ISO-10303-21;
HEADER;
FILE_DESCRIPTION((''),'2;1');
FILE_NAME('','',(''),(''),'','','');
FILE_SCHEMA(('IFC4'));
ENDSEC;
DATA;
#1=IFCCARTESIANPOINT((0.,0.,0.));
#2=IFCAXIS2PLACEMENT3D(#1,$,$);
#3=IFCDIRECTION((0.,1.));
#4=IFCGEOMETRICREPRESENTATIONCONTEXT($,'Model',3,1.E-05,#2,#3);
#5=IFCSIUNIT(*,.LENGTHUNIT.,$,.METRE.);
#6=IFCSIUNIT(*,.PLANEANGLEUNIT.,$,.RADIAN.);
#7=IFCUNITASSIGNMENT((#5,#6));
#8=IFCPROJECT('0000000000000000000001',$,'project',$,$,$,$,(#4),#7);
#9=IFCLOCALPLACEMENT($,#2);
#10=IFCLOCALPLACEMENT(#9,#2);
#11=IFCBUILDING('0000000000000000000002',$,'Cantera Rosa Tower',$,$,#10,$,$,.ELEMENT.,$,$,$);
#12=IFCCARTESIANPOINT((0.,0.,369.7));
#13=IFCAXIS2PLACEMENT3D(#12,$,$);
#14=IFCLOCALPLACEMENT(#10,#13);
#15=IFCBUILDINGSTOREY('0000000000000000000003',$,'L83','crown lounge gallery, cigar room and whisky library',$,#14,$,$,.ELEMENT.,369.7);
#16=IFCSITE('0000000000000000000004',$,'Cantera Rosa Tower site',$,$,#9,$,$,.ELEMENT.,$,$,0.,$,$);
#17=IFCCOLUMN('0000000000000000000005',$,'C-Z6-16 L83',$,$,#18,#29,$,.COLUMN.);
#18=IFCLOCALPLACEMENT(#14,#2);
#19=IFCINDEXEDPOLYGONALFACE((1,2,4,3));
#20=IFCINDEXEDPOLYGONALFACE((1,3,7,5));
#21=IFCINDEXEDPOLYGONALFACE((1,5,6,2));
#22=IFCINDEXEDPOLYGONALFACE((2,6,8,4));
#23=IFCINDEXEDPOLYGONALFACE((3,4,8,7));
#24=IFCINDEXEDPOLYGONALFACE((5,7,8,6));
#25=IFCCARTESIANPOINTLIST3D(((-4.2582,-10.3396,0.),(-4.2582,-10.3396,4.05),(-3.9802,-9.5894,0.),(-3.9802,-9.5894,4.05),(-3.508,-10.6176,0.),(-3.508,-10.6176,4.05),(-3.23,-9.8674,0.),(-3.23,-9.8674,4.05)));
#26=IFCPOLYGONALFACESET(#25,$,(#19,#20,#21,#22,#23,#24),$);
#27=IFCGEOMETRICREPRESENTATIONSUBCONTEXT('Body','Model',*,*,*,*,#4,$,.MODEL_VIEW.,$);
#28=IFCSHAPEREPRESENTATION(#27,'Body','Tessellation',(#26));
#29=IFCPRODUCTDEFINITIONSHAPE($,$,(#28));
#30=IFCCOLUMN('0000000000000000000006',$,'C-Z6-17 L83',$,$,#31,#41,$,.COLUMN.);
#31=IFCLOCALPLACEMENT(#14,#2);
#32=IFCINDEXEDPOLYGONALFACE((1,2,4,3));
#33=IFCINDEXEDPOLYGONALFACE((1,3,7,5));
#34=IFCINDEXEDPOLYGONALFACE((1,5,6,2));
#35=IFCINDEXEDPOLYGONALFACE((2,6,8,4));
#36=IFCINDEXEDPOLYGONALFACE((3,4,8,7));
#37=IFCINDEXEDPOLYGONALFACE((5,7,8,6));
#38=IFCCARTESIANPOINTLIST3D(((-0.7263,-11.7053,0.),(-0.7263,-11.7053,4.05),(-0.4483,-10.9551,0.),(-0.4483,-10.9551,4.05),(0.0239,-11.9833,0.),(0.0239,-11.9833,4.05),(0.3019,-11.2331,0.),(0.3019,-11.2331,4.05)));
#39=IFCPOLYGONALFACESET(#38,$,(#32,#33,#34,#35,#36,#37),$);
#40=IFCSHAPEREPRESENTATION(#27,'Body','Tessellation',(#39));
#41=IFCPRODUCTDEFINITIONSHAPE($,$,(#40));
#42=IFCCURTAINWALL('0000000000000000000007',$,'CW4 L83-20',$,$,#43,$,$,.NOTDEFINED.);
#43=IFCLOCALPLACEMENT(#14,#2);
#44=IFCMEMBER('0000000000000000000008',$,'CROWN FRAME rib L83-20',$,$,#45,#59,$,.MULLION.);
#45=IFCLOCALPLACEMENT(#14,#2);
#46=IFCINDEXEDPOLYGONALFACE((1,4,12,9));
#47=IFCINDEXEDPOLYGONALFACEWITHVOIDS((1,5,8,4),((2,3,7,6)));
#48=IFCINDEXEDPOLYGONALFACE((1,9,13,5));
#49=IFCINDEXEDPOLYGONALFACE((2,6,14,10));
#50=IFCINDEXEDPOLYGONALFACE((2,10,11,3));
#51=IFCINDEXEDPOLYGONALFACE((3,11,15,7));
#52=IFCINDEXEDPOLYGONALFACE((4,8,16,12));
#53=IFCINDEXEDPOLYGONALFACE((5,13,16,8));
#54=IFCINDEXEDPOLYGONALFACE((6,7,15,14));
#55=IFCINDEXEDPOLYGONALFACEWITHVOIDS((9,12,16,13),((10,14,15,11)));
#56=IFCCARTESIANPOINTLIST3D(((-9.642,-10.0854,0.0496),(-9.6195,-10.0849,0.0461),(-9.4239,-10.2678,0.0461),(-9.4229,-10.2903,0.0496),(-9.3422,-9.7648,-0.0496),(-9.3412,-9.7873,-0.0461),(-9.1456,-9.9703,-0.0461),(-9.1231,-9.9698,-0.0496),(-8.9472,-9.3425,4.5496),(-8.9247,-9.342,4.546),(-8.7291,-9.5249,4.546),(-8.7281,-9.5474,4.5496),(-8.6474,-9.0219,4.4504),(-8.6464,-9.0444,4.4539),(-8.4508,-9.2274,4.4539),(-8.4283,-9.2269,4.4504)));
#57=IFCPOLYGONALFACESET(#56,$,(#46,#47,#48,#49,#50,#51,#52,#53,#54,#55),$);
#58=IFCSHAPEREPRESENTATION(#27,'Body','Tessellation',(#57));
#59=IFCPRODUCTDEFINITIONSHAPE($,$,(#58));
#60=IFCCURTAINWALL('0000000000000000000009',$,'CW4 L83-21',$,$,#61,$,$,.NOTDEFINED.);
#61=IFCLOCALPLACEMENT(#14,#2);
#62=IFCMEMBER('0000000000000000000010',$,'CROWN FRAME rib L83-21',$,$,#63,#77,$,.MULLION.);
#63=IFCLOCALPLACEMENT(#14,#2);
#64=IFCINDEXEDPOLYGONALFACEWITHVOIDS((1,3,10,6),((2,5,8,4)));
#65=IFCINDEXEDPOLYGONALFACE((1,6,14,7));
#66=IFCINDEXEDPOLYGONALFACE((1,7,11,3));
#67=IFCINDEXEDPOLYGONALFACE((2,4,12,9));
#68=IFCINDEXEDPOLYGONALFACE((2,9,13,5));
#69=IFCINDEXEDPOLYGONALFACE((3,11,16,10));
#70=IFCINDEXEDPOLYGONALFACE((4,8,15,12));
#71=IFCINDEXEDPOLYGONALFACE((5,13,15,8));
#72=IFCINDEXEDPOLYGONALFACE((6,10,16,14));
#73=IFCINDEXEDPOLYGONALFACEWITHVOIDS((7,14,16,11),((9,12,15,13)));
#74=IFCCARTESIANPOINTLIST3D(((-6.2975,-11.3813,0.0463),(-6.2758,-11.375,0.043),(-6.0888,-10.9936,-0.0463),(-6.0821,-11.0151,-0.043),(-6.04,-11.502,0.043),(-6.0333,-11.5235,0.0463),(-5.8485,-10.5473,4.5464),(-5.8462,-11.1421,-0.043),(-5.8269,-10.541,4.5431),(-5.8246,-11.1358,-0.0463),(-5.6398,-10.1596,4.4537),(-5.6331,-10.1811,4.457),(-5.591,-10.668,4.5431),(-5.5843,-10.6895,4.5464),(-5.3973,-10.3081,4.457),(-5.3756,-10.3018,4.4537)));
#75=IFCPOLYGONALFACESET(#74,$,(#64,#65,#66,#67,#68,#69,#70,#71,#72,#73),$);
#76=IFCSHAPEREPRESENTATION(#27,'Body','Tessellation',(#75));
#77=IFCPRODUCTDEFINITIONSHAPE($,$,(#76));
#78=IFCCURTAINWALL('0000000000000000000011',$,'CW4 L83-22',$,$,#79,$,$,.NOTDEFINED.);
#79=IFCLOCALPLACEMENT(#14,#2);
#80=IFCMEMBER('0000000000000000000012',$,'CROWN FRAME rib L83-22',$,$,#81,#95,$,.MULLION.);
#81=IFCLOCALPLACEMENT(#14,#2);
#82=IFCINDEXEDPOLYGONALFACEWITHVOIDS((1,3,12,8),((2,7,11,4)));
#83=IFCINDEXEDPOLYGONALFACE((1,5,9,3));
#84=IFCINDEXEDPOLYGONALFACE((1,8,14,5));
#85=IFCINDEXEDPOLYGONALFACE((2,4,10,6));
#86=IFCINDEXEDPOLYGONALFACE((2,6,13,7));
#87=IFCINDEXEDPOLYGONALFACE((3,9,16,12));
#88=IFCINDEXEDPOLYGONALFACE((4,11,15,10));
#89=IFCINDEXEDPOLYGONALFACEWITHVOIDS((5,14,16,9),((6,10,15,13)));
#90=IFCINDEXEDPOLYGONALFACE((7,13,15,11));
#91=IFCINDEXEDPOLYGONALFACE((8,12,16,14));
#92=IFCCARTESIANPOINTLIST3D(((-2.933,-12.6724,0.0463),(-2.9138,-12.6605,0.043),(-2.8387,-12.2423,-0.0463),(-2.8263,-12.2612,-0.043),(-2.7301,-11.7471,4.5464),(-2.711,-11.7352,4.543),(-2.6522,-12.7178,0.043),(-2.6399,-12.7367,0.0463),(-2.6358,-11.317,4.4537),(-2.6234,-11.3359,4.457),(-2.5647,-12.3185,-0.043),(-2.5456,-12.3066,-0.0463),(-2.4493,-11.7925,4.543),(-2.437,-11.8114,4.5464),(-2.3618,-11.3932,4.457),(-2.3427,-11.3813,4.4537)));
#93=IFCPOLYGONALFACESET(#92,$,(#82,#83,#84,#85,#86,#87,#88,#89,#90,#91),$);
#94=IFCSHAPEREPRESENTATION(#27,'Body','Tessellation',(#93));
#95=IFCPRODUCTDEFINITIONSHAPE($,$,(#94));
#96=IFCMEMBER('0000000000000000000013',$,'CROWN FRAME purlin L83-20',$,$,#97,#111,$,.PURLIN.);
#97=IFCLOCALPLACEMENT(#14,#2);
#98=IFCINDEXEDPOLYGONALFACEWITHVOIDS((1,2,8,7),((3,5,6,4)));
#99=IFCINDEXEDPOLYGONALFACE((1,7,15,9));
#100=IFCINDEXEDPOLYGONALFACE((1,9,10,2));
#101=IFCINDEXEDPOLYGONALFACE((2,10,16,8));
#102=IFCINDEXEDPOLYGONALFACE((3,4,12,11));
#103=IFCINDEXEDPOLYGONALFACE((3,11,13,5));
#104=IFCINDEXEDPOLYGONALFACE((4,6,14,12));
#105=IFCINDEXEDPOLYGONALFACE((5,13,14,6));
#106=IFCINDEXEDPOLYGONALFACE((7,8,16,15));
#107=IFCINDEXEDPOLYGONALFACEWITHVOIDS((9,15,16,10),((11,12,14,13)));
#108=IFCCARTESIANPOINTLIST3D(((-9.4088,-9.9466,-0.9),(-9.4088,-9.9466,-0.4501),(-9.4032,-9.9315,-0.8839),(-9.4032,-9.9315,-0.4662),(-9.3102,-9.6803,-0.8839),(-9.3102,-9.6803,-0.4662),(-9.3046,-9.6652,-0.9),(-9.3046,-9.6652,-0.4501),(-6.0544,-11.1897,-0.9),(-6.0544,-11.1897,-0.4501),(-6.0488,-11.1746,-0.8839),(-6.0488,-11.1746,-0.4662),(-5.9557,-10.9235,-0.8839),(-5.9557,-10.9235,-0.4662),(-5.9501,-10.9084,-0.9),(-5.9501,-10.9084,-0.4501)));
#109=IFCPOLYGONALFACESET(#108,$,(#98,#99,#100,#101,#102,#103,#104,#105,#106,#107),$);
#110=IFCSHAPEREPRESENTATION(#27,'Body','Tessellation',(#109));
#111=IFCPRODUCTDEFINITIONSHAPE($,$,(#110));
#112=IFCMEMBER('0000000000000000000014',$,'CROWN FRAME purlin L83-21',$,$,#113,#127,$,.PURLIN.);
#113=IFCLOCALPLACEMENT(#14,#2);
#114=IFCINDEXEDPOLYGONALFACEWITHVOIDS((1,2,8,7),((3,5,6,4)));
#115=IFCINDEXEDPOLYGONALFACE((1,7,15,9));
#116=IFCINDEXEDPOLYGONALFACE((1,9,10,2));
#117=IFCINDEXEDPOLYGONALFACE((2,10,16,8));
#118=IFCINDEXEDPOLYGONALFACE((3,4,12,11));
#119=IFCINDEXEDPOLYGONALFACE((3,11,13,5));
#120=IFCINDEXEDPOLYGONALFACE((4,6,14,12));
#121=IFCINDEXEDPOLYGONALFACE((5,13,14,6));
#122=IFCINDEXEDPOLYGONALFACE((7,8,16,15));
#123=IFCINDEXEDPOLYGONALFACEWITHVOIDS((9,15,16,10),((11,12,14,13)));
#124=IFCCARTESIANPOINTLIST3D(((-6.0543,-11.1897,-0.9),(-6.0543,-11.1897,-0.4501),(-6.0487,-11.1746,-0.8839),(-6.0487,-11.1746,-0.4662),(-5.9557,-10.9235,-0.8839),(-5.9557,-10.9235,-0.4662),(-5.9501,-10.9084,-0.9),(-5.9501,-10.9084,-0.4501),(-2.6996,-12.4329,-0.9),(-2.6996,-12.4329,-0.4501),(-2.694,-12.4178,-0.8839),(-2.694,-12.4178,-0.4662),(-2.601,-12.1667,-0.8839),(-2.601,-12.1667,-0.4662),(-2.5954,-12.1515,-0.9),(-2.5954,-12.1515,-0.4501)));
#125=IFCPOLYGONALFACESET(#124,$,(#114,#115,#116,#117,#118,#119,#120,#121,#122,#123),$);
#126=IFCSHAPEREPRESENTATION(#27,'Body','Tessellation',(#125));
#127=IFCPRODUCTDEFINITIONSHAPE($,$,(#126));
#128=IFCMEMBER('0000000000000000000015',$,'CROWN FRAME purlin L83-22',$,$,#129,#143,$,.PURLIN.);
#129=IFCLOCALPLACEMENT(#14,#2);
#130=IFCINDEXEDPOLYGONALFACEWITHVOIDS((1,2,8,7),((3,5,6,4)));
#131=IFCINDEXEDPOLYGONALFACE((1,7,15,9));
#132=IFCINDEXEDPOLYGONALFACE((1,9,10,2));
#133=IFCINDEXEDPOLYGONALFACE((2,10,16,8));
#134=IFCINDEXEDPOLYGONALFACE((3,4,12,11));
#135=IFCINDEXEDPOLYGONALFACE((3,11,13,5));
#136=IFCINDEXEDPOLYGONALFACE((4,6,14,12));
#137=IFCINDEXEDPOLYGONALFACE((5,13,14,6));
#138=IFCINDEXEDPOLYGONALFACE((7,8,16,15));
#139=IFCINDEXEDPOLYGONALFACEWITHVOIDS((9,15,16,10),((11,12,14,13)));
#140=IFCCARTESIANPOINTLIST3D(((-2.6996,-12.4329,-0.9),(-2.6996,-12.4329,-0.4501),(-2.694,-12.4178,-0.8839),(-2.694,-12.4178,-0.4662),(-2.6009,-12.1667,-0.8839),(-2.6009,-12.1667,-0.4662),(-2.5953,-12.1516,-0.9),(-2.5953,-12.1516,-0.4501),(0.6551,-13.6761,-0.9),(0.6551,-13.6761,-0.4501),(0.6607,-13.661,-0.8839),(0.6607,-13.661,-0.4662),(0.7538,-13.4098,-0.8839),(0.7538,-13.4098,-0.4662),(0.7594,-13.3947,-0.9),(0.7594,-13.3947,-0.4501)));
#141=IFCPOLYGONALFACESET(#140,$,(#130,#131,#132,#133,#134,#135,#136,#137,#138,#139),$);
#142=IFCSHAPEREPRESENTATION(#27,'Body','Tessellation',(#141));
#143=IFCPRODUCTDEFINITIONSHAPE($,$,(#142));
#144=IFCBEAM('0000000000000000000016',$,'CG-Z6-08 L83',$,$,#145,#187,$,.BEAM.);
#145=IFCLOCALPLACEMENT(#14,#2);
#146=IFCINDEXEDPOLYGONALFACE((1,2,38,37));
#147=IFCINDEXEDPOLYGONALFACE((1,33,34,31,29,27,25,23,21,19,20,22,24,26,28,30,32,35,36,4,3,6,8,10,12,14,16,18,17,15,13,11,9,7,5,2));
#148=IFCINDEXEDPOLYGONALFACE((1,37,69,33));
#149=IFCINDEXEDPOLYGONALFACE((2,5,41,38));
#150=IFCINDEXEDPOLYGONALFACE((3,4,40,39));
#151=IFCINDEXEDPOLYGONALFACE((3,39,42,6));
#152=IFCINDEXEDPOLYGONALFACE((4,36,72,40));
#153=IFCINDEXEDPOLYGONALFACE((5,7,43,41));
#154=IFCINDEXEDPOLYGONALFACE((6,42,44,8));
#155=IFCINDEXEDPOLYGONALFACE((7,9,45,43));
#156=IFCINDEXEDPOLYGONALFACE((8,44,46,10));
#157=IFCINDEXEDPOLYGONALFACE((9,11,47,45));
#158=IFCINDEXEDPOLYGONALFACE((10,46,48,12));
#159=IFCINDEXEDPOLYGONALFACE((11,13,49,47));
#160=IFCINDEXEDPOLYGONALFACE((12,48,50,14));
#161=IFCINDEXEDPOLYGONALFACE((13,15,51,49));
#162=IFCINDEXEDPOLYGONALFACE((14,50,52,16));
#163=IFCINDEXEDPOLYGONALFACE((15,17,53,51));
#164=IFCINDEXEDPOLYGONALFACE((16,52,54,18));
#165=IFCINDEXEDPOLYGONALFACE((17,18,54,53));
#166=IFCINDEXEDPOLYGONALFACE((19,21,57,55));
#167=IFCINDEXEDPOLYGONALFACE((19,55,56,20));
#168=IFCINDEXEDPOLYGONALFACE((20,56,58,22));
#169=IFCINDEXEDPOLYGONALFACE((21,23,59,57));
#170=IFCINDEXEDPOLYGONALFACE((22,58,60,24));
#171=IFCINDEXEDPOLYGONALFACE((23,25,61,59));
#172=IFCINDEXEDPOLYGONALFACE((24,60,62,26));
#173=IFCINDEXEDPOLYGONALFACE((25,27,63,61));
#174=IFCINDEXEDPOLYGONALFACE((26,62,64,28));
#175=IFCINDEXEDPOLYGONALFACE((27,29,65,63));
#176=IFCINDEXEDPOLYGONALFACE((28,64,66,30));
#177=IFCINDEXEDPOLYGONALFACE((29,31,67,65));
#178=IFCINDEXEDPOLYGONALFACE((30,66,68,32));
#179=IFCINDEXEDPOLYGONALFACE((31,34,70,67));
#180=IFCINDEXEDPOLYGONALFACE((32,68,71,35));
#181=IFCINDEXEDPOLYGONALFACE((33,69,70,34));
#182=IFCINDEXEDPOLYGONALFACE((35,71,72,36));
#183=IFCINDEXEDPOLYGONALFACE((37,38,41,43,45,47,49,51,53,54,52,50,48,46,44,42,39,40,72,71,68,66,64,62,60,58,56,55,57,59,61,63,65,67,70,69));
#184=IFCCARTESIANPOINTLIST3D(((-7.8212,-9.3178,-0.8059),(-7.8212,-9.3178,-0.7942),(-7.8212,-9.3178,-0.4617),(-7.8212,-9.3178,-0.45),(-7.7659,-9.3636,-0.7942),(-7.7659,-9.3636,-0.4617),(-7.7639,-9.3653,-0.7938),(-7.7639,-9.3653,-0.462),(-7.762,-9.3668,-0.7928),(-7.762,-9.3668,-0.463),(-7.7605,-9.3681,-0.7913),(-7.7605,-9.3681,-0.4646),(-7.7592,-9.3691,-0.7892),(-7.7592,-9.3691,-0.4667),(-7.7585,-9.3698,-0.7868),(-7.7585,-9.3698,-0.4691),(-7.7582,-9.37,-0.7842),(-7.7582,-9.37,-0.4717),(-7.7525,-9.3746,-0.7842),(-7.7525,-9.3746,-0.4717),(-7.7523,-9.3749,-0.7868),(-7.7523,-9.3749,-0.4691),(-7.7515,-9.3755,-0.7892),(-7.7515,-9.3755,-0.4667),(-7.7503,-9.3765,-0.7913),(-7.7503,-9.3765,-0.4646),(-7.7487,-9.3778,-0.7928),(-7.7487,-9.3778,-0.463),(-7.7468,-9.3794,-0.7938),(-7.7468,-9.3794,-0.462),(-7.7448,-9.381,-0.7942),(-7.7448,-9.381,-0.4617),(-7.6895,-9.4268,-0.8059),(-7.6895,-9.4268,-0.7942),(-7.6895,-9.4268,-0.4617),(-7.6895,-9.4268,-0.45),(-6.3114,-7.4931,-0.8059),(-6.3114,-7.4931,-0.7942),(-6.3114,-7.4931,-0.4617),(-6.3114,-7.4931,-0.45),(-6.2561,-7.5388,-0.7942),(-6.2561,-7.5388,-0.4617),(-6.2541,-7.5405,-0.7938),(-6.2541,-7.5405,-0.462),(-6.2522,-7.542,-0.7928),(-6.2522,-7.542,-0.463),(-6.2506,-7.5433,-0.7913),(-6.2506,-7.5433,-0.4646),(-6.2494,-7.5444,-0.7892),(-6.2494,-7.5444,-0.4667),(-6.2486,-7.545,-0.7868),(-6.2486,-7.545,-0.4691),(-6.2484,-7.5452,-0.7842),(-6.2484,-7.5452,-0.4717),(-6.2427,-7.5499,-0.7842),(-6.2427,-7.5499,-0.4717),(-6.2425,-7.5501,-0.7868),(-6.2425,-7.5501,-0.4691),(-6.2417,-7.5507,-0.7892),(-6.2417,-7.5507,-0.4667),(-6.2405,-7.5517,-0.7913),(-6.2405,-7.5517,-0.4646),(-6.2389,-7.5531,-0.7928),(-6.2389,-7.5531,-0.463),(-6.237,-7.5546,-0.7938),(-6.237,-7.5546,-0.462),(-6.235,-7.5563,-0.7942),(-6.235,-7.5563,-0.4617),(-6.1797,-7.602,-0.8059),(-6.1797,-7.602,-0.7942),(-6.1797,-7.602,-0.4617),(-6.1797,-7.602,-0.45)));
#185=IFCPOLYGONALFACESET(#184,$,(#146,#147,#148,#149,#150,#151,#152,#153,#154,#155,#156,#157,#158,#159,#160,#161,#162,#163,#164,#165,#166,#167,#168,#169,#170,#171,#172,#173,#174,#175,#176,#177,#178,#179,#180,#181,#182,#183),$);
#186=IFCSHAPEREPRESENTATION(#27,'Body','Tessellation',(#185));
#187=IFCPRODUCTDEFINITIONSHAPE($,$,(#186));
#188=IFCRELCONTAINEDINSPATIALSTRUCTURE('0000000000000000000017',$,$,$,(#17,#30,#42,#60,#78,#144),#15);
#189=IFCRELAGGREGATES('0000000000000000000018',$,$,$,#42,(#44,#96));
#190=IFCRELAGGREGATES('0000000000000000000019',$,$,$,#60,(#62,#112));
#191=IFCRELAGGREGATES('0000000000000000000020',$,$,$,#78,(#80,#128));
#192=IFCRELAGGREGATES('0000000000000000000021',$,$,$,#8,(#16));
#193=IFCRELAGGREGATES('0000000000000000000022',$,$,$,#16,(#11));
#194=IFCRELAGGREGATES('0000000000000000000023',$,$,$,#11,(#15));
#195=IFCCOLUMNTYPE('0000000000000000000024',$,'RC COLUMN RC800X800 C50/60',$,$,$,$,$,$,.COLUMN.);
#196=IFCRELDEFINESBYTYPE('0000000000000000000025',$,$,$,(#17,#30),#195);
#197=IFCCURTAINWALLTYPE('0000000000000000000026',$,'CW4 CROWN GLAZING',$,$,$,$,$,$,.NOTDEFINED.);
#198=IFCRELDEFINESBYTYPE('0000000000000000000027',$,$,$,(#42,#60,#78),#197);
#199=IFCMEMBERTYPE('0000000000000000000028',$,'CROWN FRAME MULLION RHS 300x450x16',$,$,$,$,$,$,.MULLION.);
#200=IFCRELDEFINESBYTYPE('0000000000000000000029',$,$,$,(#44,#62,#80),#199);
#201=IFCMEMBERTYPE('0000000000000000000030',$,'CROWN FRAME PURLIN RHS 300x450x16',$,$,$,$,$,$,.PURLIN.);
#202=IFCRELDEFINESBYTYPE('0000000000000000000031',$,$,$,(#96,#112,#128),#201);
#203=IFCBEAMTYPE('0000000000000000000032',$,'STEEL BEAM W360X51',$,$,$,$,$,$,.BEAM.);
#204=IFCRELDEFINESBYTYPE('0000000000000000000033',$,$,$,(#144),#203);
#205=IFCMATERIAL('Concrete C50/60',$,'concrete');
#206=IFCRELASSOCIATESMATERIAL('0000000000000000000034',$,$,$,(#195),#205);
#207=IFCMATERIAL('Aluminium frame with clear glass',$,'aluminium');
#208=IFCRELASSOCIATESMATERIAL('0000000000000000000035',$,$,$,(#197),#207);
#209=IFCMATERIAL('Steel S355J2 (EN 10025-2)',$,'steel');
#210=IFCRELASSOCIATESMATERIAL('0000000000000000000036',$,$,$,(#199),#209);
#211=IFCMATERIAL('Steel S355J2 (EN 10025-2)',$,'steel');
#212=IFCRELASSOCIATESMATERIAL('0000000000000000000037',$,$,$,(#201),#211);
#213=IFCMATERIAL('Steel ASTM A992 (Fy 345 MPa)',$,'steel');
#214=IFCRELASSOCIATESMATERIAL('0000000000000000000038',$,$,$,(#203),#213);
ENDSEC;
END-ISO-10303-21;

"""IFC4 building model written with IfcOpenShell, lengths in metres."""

from ifc_helpers import new_model, si_unit, direction, frame, origin, origin_2d, place, context, subcontext, project, spatial, rectangle, hollow_rectangle, i_section, extrude, material, material_profile, profile_set, type_object, element, aggregate, save


model = new_model("IFC4")

# Units and contexts
model_context = context("Model", 3, precision=1e-05, world=origin(), true_north=direction((0.0, 1.0)))
body_context = subcontext(model_context, "Body", "Model", "MODEL_VIEW")
ifc_project = project(units=[si_unit("LENGTHUNIT", "METRE"), si_unit("PLANEANGLEUNIT", "RADIAN")], contexts=[model_context])

# Site, building, storey
site_placement = place(None, origin())
site = spatial("IfcSite", under=ifc_project, at=site_placement, Name="Cantera Rosa Tower site", CompositionType="ELEMENT", RefElevation=0.0)
building_placement = place(site_placement, origin())
building = spatial("IfcBuilding", under=site, at=building_placement, Name="Cantera Rosa Tower", CompositionType="ELEMENT")
storey_placement = place(building_placement, frame((0.0, 0.0, 369.7)))
storey = spatial("IfcBuildingStorey", under=building, at=storey_placement, Name="L83", Description="crown lounge gallery, cigar room and whisky library", CompositionType="ELEMENT", Elevation=369.7)

# Columns
ifc_material_1 = material(Name="Concrete C50/60", Category="concrete")
ifc_material_profile_1 = material_profile(ifc_material_1, rectangle(XDim=0.8, YDim=0.8, at=origin_2d()), Name="RC COLUMN RC800X800 C50/60")
ifc_profile_set_1 = profile_set([ifc_material_profile_1], Name="Concrete C50/60")
column_type = type_object("IfcColumnType", Name="RC COLUMN RC800X800 C50/60", PredefinedType="COLUMN", material=ifc_profile_set_1)
for number, where, z_axis, x_axis, name in (
    (1, (-3.7441, -10.1035, 0.0), (0.0, 0.0, 1.0), (0.347481, 0.937687, 0.0), "C-Z6-16 L83"),
    (2, (-0.2122, -11.4692, 0.0), (0.0, 0.0, 1.0), (0.347481, 0.937687, 0.0), "C-Z6-17 L83"),
):
    element("IfcColumn", number, at=place(storey_placement, frame(where, z_axis=z_axis, x_axis=x_axis)), inside=storey, type_object=column_type, Name=name, PredefinedType="COLUMN", context=body_context, shape_type="SweptSolid", body=[
        extrude(rectangle(XDim=0.8, YDim=0.8, at=origin_2d()), origin(), (0.0, 0.0, 1.0), 4.05),
    ])

# Curtain walls, members
ifc_material_2 = material(Name="Aluminium frame with clear glass", Category="aluminium")
curtain_wall_type = type_object("IfcCurtainWallType", Name="CW4 CROWN GLAZING", PredefinedType="NOTDEFINED", material=ifc_material_2)
curtain_wall_1_placement = place(storey_placement, origin())
curtain_wall_1 = element("IfcCurtainWall", 3, at=curtain_wall_1_placement, inside=storey, type_object=curtain_wall_type, Name="CW4 L83-20", PredefinedType="NOTDEFINED")
ifc_material_3 = material(Name="Steel S355J2 (EN 10025-2)", Category="steel")
ifc_material_profile_2 = material_profile(ifc_material_3, hollow_rectangle(XDim=0.3, YDim=0.45, WallThickness=0.0161, at=origin_2d()), Name="CROWN FRAME MULLION RHS 300x450x16")
ifc_profile_set_2 = profile_set([ifc_material_profile_2], Name="Steel S355J2 (EN 10025-2)")
member_type_1 = type_object("IfcMemberType", Name="CROWN FRAME MULLION RHS 300x450x16", PredefinedType="MULLION", material=ifc_profile_set_2)
member_1_placement = place(storey_placement, frame((-9.3826, -10.0276, 0.0), z_axis=(0.150606, 0.16103, 0.975391), x_axis=(-0.730353, 0.68307, 0.0)))
member_1 = element("IfcMember", 4, at=member_1_placement, type_object=member_type_1, Name="CROWN FRAME rib L83-20", PredefinedType="MULLION", context=body_context, shape_type="SweptSolid", body=[
    extrude(hollow_rectangle(XDim=0.3, YDim=0.45, WallThickness=0.0161, at=origin_2d()), origin(), (0.0, 0.0, 1.0), 4.6135),
])
curtain_wall_2_placement = place(storey_placement, origin())
curtain_wall_2 = element("IfcCurtainWall", 5, at=curtain_wall_2_placement, inside=storey, type_object=curtain_wall_type, Name="CW4 L83-21", PredefinedType="NOTDEFINED")
member_2_placement = place(storey_placement, frame((-6.061, -11.2585, 0.0), z_axis=(0.097633, 0.181356, 0.978559), x_axis=(-0.880512, 0.474023, 0.0)))
member_2 = element("IfcMember", 6, at=member_2_placement, type_object=member_type_1, Name="CROWN FRAME rib L83-21", PredefinedType="MULLION", context=body_context, shape_type="SweptSolid", body=[
    extrude(hollow_rectangle(XDim=0.3, YDim=0.45, WallThickness=0.0161, at=origin_2d()), origin(), (0.0, 0.0, 1.0), 4.5986),
])
curtain_wall_3_placement = place(storey_placement, origin())
curtain_wall_3 = element("IfcCurtainWall", 7, at=curtain_wall_3_placement, inside=storey, type_object=curtain_wall_type, Name="CW4 L83-22", PredefinedType="NOTDEFINED")
member_3_placement = place(storey_placement, frame((-2.7393, -12.4895, 0.0), z_axis=(0.044118, 0.201211, 0.978554), x_axis=(-0.976796, 0.214173, 0.0)))
member_3 = element("IfcMember", 8, at=member_3_placement, type_object=member_type_1, Name="CROWN FRAME rib L83-22", PredefinedType="MULLION", context=body_context, shape_type="SweptSolid", body=[
    extrude(hollow_rectangle(XDim=0.3, YDim=0.45, WallThickness=0.0161, at=origin_2d()), origin(), (0.0, 0.0, 1.0), 4.5986),
])

# Members
ifc_material_4 = material(Name="Steel S355J2 (EN 10025-2)", Category="steel")
ifc_material_profile_3 = material_profile(ifc_material_4, hollow_rectangle(XDim=0.3, YDim=0.45, WallThickness=0.0161, at=origin_2d()), Name="CROWN FRAME PURLIN RHS 300x450x16")
ifc_profile_set_3 = profile_set([ifc_material_profile_3], Name="Steel S355J2 (EN 10025-2)")
member_type_2 = type_object("IfcMemberType", Name="CROWN FRAME PURLIN RHS 300x450x16", PredefinedType="PURLIN", material=ifc_profile_set_3)
member_4_placement = place(storey_placement, frame((-9.3567, -9.8059, -0.675), z_axis=(0.93768, -0.347501, 0.0), x_axis=(0.347501, 0.93768, 0.0)))
member_4 = element("IfcMember", 9, at=member_4_placement, type_object=member_type_2, Name="CROWN FRAME purlin L83-20", PredefinedType="PURLIN", context=body_context, shape_type="SweptSolid", body=[
    extrude(hollow_rectangle(XDim=0.3, YDim=0.45, WallThickness=0.0161, at=origin_2d()), origin(), (0.0, 0.0, 1.0), 3.5774),
])
member_5_placement = place(storey_placement, frame((-6.0022, -11.0491, -0.675), z_axis=(0.937688, -0.347479, 0.0), x_axis=(0.347479, 0.937688, 0.0)))
member_5 = element("IfcMember", 10, at=member_5_placement, type_object=member_type_2, Name="CROWN FRAME purlin L83-21", PredefinedType="PURLIN", context=body_context, shape_type="SweptSolid", body=[
    extrude(hollow_rectangle(XDim=0.3, YDim=0.45, WallThickness=0.0161, at=origin_2d()), origin(), (0.0, 0.0, 1.0), 3.5776),
])
member_6_placement = place(storey_placement, frame((-2.6475, -12.2922, -0.675), z_axis=(0.937688, -0.347479, 0.0), x_axis=(0.347479, 0.937688, 0.0)))
member_6 = element("IfcMember", 11, at=member_6_placement, type_object=member_type_2, Name="CROWN FRAME purlin L83-22", PredefinedType="PURLIN", context=body_context, shape_type="SweptSolid", body=[
    extrude(hollow_rectangle(XDim=0.3, YDim=0.45, WallThickness=0.0161, at=origin_2d()), origin(), (0.0, 0.0, 1.0), 3.5776),
])

# Beam
ifc_material_5 = material(Name="Steel ASTM A992 (Fy 345 MPa)", Category="steel")
ifc_material_profile_4 = material_profile(ifc_material_5, i_section(OverallWidth=0.1709, OverallDepth=0.356, WebThickness=0.0073, FlangeThickness=0.0117, FilletRadius=0.01, at=origin_2d()), Name="W360X51")
ifc_profile_set_4 = profile_set([ifc_material_profile_4], Name="Steel ASTM A992 (Fy 345 MPa)")
beam_type_1 = type_object("IfcBeamType", Name="STEEL BEAM W360X51", PredefinedType="BEAM", material=ifc_profile_set_4)
beam_1_placement = place(storey_placement, frame((-7.7554, -9.3723, -0.6279), z_axis=(0.637483, 0.770464, 0.0), x_axis=(-0.770464, 0.637483, 0.0)))
element("IfcBeam", 12, at=beam_1_placement, inside=storey, type_object=beam_type_1, Name="CG-Z6-08 L83", PredefinedType="BEAM", context=body_context, shape_type="SweptSolid", body=[
    extrude(i_section(OverallWidth=0.1709, OverallDepth=0.356, WebThickness=0.0073, FlangeThickness=0.0117, FilletRadius=0.01, at=origin_2d()), origin(), (0.0, 0.0, 1.0), 2.3684),
])

aggregate(curtain_wall_1, [member_1, member_4])
aggregate(curtain_wall_2, [member_2, member_5])
aggregate(curtain_wall_3, [member_3, member_6])

save(model, "model.ifc")
